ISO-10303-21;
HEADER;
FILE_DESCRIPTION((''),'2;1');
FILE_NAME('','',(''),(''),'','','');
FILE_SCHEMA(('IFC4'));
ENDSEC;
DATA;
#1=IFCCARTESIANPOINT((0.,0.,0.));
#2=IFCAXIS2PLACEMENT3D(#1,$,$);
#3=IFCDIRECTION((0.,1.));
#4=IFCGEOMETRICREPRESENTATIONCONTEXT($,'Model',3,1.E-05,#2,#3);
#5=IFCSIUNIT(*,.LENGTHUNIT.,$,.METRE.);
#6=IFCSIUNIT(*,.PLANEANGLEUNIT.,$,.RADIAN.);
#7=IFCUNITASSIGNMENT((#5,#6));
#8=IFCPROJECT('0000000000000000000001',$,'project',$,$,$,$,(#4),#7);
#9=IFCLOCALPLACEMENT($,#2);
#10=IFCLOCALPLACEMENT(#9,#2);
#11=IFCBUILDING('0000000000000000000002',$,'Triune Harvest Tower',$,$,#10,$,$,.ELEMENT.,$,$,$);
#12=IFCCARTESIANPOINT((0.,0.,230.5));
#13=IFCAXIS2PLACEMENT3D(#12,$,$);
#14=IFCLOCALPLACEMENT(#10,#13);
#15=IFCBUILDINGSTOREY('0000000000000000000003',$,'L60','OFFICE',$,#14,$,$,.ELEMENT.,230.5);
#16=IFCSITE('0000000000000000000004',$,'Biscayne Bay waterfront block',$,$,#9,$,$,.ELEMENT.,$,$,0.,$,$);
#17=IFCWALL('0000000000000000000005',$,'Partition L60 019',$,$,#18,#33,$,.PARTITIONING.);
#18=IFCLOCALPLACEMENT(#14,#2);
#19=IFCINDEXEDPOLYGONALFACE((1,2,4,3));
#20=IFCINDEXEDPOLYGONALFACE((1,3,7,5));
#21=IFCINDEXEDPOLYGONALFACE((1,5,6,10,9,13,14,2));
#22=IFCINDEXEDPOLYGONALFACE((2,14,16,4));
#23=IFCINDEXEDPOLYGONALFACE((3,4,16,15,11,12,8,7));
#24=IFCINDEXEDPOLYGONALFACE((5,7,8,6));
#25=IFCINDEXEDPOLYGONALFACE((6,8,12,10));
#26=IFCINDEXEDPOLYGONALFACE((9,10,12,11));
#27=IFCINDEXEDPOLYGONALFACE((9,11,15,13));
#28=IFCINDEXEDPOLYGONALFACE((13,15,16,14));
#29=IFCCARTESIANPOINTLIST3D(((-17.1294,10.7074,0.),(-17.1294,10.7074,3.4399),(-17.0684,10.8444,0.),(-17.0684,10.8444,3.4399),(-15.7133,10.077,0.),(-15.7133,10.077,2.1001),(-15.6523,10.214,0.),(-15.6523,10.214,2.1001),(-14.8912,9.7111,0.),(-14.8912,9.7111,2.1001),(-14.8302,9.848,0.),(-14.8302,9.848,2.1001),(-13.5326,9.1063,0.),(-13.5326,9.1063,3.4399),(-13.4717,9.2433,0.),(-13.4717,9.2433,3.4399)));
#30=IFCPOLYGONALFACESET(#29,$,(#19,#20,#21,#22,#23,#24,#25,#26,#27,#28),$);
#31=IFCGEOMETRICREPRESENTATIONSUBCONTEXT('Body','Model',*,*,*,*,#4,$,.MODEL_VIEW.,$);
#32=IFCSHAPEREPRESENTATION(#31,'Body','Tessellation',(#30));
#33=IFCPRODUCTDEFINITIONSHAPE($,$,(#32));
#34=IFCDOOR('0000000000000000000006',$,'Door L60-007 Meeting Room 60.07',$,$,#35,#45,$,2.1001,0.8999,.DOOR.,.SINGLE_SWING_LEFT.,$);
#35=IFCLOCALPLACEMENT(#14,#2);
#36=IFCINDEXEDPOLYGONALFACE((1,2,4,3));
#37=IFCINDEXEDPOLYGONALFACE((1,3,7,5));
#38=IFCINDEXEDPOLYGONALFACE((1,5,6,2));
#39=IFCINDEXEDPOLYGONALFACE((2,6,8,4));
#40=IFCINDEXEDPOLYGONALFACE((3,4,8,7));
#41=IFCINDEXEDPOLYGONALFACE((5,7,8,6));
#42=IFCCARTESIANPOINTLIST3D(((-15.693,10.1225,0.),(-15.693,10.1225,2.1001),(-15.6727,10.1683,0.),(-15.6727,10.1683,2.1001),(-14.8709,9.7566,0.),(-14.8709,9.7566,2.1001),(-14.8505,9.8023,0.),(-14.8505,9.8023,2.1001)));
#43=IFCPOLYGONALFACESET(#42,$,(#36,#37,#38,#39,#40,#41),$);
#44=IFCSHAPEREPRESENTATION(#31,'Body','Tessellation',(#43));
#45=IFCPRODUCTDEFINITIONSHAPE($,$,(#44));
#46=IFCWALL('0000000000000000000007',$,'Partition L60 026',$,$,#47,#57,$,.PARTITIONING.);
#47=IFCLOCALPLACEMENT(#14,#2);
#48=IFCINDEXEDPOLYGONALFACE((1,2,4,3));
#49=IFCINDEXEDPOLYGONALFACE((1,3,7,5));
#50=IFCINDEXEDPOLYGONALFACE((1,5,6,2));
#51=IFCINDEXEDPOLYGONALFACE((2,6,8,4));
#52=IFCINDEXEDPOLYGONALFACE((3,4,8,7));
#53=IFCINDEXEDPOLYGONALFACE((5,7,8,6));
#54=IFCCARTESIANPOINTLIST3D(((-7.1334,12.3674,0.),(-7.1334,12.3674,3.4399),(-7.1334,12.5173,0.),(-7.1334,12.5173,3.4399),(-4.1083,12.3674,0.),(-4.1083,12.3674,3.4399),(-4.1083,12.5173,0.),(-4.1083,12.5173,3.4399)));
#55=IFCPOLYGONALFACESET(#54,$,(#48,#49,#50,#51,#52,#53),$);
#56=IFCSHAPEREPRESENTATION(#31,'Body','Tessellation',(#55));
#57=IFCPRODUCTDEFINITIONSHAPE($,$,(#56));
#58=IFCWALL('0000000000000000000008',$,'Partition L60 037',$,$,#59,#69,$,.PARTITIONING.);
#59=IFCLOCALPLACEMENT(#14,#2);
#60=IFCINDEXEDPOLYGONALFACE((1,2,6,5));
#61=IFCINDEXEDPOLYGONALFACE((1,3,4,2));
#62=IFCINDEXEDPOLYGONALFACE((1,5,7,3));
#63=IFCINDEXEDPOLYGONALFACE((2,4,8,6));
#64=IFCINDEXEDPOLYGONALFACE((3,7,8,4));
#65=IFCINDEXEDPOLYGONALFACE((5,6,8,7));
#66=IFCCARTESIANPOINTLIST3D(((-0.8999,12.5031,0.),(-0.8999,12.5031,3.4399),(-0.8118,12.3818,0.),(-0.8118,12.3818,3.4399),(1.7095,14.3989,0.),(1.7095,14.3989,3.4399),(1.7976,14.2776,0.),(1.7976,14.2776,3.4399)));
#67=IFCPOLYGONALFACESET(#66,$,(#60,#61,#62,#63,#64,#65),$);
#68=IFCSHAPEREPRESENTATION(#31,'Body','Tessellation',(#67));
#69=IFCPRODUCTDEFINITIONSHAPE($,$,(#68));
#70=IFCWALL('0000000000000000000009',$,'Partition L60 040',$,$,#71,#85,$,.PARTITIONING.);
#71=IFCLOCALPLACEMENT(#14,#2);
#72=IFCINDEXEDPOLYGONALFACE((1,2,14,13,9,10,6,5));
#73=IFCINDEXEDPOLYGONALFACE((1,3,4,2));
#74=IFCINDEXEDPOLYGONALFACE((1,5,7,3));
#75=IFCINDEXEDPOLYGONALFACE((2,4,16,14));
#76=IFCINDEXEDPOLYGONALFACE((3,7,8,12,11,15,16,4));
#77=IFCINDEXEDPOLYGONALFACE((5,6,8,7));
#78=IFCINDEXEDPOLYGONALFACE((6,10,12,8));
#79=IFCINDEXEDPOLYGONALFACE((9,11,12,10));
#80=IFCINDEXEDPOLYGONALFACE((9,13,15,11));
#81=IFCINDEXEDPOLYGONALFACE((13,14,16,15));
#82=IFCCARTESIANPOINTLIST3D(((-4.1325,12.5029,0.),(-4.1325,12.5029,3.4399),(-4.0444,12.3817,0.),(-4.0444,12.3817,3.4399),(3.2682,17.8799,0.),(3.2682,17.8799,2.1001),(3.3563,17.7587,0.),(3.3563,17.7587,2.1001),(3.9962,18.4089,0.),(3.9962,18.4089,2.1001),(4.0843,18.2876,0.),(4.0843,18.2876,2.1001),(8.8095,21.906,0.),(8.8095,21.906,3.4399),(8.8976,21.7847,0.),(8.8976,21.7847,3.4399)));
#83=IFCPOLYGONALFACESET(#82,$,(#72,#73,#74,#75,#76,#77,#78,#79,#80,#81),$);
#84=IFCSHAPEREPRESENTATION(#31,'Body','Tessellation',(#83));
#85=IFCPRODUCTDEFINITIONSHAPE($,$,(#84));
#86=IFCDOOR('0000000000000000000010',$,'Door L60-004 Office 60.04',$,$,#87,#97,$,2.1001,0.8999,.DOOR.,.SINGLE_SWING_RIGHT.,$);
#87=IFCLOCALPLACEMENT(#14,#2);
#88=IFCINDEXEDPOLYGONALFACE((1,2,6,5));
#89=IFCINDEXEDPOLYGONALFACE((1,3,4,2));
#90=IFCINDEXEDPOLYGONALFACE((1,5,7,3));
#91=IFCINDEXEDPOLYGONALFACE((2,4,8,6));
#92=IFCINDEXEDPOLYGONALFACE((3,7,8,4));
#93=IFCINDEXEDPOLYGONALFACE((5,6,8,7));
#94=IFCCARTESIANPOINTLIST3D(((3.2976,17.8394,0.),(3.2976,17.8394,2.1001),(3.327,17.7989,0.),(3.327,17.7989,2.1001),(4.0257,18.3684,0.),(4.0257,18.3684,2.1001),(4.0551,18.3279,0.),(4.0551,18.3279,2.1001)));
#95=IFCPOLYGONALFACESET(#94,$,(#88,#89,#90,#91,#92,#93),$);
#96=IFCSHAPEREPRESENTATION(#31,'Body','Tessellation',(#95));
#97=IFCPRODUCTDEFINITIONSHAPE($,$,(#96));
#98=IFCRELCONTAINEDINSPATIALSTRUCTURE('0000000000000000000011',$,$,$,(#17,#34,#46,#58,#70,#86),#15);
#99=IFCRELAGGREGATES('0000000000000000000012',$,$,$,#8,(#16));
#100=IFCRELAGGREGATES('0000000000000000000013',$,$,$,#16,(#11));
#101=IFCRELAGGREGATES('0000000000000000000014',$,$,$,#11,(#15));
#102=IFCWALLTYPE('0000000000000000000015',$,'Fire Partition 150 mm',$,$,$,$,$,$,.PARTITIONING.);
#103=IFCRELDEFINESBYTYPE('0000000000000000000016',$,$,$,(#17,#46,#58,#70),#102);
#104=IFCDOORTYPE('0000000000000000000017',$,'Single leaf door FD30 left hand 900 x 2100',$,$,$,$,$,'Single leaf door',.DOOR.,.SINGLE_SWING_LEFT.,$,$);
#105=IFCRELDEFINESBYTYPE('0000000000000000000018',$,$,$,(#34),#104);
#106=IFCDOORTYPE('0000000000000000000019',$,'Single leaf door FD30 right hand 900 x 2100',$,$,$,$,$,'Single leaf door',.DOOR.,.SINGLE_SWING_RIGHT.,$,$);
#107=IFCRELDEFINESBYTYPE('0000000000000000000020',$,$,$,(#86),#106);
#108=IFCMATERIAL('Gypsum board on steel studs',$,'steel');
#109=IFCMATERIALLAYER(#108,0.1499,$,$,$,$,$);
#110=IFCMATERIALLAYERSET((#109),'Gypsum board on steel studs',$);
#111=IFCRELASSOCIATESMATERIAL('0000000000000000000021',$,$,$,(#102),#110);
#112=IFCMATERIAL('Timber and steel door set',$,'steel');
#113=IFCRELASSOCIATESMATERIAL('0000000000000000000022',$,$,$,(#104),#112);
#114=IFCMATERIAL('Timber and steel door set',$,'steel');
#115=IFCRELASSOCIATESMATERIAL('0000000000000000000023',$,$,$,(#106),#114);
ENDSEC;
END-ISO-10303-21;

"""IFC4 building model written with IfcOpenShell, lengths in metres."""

from ifc_helpers import new_model, si_unit, direction, frame, frame_2d, origin, place, context, subcontext, project, spatial, rectangle, extrude, source, transform, mapped, material, layer, layer_set, type_object, element, fill, save


model = new_model("IFC4")

# Units and contexts
model_context = context("Model", 3, precision=1e-05, world=origin(), true_north=direction((0.0, 1.0)))
body_context = subcontext(model_context, "Body", "Model", "MODEL_VIEW")
ifc_project = project(units=[si_unit("LENGTHUNIT", "METRE"), si_unit("PLANEANGLEUNIT", "RADIAN")], contexts=[model_context])

# Site, building, storey
site_placement = place(None, origin())
site = spatial("IfcSite", under=ifc_project, at=site_placement, Name="Biscayne Bay waterfront block", CompositionType="ELEMENT", RefElevation=0.0)
building_placement = place(site_placement, origin())
building = spatial("IfcBuilding", under=site, at=building_placement, Name="Triune Harvest Tower", CompositionType="ELEMENT")
storey_placement = place(building_placement, frame((0.0, 0.0, 230.5)))
storey = spatial("IfcBuildingStorey", under=building, at=storey_placement, Name="L60", Description="OFFICE", CompositionType="ELEMENT", Elevation=230.5)

# Shared definitions
ifc_material_1 = material(Name="Gypsum board on steel studs", Category="steel")
ifc_layer_1 = layer(ifc_material_1, 0.1499)
ifc_layer_set_1 = layer_set([ifc_layer_1], Name="Gypsum board on steel studs")
wall_type_1 = type_object("IfcWallType", Name="Fire Partition 150 mm", PredefinedType="PARTITIONING", material=ifc_layer_set_1)

# Shared definitions
ifc_material_2 = material(Name="Timber and steel door set", Category="steel")
door_type_1 = type_object("IfcDoorType", Name="Single leaf door FD30 left hand 900 x 2100", ElementType="Single leaf door", OperationType="SINGLE_SWING_LEFT", PredefinedType="DOOR", material=ifc_material_2)

# Wall, opening, door
shared_shape_1 = source(origin(), body_context, "Body", "SweptSolid", [
    extrude(rectangle(XDim=3.937, YDim=0.1499, at=frame_2d((1.9685, 0.0))), origin(), (0.0, 0.0, 1.0), 3.4399),
])
wall_1_placement = place(storey_placement, frame((-17.0989, 10.7759, 0.0), z_axis=(0.0, 0.0, 1.0), x_axis=(0.913571, -0.406679, 0.0)))
wall_1 = element("IfcWall", 1, at=wall_1_placement, inside=storey, type_object=wall_type_1, Name="Partition L60 019", PredefinedType="PARTITIONING", context=body_context, shape_type="MappedRepresentation", body=[
    mapped(shared_shape_1, transform((0.0, 0.0, 0.0), scale=1.0)),
])
opening_1_placement = place(wall_1_placement, frame((1.55, 0.0, 0.0)))
opening_1 = element("IfcOpeningElement", 2, at=opening_1_placement, cuts=wall_1, PredefinedType="OPENING", context=body_context, shape_type="SweptSolid", body=[
    extrude(rectangle(XDim=0.8999, YDim=2.1001, at=frame_2d((0.45, 1.05))), frame((0.0, 0.085, 0.0), z_axis=(0.0, -1.0, 0.0), x_axis=(1.0, 0.0, 0.0)), (0.0, 0.0, 1.0), 0.1699),
])
door_1_placement = place(opening_1_placement, origin())
door_1 = element("IfcDoor", 3, at=door_1_placement, inside=storey, type_object=door_type_1, Name="Door L60-007 Meeting Room 60.07", OperationType="SINGLE_SWING_LEFT", OverallHeight=2.1001, OverallWidth=0.8999, PredefinedType="DOOR", context=body_context, shape_type="SweptSolid", body=[
    extrude(rectangle(XDim=0.8999, YDim=2.1001, at=frame_2d((0.45, 1.05))), frame((0.0, 0.0249, 0.0), z_axis=(0.0, -1.0, 0.0), x_axis=(1.0, 0.0, 0.0)), (0.0, 0.0, 1.0), 0.05),
])
fill(opening_1, door_1)

# Walls
shared_shape_2 = source(origin(), body_context, "Body", "SweptSolid", [
    extrude(rectangle(XDim=3.0251, YDim=0.1499, at=frame_2d((1.5127, 0.0))), origin(), (0.0, 0.0, 1.0), 3.4399),
])
wall_2_placement = place(storey_placement, frame((-7.1335, 12.4424, 0.0), z_axis=(0.0, 0.0, 1.0), x_axis=(1.0, 0.0, 0.0)))
element("IfcWall", 4, at=wall_2_placement, inside=storey, type_object=wall_type_1, Name="Partition L60 026", PredefinedType="PARTITIONING", context=body_context, shape_type="MappedRepresentation", body=[
    mapped(shared_shape_2, transform((0.0, 0.0, 0.0), scale=1.0)),
])
shared_shape_3 = source(origin(), body_context, "Body", "SweptSolid", [
    extrude(rectangle(XDim=3.2253, YDim=0.1499, at=frame_2d((1.6128, 0.0))), origin(), (0.0, 0.0, 1.0), 3.4399),
])
wall_3_placement = place(storey_placement, frame((-0.856, 12.4424, 0.0), z_axis=(0.0, 0.0, 1.0), x_axis=(0.809027, 0.587771, 0.0)))
element("IfcWall", 5, at=wall_3_placement, inside=storey, type_object=wall_type_1, Name="Partition L60 037", PredefinedType="PARTITIONING", context=body_context, shape_type="MappedRepresentation", body=[
    mapped(shared_shape_3, transform((0.0, 0.0, 0.0), scale=1.0)),
])

# Wall, opening, door
shared_shape_4 = source(origin(), body_context, "Body", "SweptSolid", [
    extrude(rectangle(XDim=15.9973, YDim=0.1499, at=frame_2d((7.9985, 0.0))), origin(), (0.0, 0.0, 1.0), 3.4399),
])
wall_4_placement = place(storey_placement, frame((-4.0884, 12.4424, 0.0), z_axis=(0.0, 0.0, 1.0), x_axis=(0.809015, 0.587788, 0.0)))
wall_4 = element("IfcWall", 6, at=wall_4_placement, inside=storey, type_object=wall_type_1, Name="Partition L60 040", PredefinedType="PARTITIONING", context=body_context, shape_type="MappedRepresentation", body=[
    mapped(shared_shape_4, transform((0.0, 0.0, 0.0), scale=1.0)),
])
opening_2_placement = place(wall_4_placement, frame((9.1477, 0.0, 0.0)))
opening_2 = element("IfcOpeningElement", 7, at=opening_2_placement, cuts=wall_4, PredefinedType="OPENING", context=body_context, shape_type="SweptSolid", body=[
    extrude(rectangle(XDim=0.8999, YDim=2.1001, at=frame_2d((0.45, 1.05))), frame((0.0, 0.085, 0.0), z_axis=(0.0, -1.0, 0.0), x_axis=(1.0, 0.0, 0.0)), (0.0, 0.0, 1.0), 0.1699),
])
ifc_material_3 = material(Name="Timber and steel door set", Category="steel")
door_type_2 = type_object("IfcDoorType", Name="Single leaf door FD30 right hand 900 x 2100", ElementType="Single leaf door", OperationType="SINGLE_SWING_RIGHT", PredefinedType="DOOR", material=ifc_material_3)
door_2_placement = place(opening_2_placement, origin())
door_2 = element("IfcDoor", 8, at=door_2_placement, inside=storey, type_object=door_type_2, Name="Door L60-004 Office 60.04", OperationType="SINGLE_SWING_RIGHT", OverallHeight=2.1001, OverallWidth=0.8999, PredefinedType="DOOR", context=body_context, shape_type="SweptSolid", body=[
    extrude(rectangle(XDim=0.8999, YDim=2.1001, at=frame_2d((0.45, 1.05))), frame((0.0, 0.0249, 0.0), z_axis=(0.0, -1.0, 0.0), x_axis=(1.0, 0.0, 0.0)), (0.0, 0.0, 1.0), 0.05),
])
fill(opening_2, door_2)

save(model, "model.ifc")
